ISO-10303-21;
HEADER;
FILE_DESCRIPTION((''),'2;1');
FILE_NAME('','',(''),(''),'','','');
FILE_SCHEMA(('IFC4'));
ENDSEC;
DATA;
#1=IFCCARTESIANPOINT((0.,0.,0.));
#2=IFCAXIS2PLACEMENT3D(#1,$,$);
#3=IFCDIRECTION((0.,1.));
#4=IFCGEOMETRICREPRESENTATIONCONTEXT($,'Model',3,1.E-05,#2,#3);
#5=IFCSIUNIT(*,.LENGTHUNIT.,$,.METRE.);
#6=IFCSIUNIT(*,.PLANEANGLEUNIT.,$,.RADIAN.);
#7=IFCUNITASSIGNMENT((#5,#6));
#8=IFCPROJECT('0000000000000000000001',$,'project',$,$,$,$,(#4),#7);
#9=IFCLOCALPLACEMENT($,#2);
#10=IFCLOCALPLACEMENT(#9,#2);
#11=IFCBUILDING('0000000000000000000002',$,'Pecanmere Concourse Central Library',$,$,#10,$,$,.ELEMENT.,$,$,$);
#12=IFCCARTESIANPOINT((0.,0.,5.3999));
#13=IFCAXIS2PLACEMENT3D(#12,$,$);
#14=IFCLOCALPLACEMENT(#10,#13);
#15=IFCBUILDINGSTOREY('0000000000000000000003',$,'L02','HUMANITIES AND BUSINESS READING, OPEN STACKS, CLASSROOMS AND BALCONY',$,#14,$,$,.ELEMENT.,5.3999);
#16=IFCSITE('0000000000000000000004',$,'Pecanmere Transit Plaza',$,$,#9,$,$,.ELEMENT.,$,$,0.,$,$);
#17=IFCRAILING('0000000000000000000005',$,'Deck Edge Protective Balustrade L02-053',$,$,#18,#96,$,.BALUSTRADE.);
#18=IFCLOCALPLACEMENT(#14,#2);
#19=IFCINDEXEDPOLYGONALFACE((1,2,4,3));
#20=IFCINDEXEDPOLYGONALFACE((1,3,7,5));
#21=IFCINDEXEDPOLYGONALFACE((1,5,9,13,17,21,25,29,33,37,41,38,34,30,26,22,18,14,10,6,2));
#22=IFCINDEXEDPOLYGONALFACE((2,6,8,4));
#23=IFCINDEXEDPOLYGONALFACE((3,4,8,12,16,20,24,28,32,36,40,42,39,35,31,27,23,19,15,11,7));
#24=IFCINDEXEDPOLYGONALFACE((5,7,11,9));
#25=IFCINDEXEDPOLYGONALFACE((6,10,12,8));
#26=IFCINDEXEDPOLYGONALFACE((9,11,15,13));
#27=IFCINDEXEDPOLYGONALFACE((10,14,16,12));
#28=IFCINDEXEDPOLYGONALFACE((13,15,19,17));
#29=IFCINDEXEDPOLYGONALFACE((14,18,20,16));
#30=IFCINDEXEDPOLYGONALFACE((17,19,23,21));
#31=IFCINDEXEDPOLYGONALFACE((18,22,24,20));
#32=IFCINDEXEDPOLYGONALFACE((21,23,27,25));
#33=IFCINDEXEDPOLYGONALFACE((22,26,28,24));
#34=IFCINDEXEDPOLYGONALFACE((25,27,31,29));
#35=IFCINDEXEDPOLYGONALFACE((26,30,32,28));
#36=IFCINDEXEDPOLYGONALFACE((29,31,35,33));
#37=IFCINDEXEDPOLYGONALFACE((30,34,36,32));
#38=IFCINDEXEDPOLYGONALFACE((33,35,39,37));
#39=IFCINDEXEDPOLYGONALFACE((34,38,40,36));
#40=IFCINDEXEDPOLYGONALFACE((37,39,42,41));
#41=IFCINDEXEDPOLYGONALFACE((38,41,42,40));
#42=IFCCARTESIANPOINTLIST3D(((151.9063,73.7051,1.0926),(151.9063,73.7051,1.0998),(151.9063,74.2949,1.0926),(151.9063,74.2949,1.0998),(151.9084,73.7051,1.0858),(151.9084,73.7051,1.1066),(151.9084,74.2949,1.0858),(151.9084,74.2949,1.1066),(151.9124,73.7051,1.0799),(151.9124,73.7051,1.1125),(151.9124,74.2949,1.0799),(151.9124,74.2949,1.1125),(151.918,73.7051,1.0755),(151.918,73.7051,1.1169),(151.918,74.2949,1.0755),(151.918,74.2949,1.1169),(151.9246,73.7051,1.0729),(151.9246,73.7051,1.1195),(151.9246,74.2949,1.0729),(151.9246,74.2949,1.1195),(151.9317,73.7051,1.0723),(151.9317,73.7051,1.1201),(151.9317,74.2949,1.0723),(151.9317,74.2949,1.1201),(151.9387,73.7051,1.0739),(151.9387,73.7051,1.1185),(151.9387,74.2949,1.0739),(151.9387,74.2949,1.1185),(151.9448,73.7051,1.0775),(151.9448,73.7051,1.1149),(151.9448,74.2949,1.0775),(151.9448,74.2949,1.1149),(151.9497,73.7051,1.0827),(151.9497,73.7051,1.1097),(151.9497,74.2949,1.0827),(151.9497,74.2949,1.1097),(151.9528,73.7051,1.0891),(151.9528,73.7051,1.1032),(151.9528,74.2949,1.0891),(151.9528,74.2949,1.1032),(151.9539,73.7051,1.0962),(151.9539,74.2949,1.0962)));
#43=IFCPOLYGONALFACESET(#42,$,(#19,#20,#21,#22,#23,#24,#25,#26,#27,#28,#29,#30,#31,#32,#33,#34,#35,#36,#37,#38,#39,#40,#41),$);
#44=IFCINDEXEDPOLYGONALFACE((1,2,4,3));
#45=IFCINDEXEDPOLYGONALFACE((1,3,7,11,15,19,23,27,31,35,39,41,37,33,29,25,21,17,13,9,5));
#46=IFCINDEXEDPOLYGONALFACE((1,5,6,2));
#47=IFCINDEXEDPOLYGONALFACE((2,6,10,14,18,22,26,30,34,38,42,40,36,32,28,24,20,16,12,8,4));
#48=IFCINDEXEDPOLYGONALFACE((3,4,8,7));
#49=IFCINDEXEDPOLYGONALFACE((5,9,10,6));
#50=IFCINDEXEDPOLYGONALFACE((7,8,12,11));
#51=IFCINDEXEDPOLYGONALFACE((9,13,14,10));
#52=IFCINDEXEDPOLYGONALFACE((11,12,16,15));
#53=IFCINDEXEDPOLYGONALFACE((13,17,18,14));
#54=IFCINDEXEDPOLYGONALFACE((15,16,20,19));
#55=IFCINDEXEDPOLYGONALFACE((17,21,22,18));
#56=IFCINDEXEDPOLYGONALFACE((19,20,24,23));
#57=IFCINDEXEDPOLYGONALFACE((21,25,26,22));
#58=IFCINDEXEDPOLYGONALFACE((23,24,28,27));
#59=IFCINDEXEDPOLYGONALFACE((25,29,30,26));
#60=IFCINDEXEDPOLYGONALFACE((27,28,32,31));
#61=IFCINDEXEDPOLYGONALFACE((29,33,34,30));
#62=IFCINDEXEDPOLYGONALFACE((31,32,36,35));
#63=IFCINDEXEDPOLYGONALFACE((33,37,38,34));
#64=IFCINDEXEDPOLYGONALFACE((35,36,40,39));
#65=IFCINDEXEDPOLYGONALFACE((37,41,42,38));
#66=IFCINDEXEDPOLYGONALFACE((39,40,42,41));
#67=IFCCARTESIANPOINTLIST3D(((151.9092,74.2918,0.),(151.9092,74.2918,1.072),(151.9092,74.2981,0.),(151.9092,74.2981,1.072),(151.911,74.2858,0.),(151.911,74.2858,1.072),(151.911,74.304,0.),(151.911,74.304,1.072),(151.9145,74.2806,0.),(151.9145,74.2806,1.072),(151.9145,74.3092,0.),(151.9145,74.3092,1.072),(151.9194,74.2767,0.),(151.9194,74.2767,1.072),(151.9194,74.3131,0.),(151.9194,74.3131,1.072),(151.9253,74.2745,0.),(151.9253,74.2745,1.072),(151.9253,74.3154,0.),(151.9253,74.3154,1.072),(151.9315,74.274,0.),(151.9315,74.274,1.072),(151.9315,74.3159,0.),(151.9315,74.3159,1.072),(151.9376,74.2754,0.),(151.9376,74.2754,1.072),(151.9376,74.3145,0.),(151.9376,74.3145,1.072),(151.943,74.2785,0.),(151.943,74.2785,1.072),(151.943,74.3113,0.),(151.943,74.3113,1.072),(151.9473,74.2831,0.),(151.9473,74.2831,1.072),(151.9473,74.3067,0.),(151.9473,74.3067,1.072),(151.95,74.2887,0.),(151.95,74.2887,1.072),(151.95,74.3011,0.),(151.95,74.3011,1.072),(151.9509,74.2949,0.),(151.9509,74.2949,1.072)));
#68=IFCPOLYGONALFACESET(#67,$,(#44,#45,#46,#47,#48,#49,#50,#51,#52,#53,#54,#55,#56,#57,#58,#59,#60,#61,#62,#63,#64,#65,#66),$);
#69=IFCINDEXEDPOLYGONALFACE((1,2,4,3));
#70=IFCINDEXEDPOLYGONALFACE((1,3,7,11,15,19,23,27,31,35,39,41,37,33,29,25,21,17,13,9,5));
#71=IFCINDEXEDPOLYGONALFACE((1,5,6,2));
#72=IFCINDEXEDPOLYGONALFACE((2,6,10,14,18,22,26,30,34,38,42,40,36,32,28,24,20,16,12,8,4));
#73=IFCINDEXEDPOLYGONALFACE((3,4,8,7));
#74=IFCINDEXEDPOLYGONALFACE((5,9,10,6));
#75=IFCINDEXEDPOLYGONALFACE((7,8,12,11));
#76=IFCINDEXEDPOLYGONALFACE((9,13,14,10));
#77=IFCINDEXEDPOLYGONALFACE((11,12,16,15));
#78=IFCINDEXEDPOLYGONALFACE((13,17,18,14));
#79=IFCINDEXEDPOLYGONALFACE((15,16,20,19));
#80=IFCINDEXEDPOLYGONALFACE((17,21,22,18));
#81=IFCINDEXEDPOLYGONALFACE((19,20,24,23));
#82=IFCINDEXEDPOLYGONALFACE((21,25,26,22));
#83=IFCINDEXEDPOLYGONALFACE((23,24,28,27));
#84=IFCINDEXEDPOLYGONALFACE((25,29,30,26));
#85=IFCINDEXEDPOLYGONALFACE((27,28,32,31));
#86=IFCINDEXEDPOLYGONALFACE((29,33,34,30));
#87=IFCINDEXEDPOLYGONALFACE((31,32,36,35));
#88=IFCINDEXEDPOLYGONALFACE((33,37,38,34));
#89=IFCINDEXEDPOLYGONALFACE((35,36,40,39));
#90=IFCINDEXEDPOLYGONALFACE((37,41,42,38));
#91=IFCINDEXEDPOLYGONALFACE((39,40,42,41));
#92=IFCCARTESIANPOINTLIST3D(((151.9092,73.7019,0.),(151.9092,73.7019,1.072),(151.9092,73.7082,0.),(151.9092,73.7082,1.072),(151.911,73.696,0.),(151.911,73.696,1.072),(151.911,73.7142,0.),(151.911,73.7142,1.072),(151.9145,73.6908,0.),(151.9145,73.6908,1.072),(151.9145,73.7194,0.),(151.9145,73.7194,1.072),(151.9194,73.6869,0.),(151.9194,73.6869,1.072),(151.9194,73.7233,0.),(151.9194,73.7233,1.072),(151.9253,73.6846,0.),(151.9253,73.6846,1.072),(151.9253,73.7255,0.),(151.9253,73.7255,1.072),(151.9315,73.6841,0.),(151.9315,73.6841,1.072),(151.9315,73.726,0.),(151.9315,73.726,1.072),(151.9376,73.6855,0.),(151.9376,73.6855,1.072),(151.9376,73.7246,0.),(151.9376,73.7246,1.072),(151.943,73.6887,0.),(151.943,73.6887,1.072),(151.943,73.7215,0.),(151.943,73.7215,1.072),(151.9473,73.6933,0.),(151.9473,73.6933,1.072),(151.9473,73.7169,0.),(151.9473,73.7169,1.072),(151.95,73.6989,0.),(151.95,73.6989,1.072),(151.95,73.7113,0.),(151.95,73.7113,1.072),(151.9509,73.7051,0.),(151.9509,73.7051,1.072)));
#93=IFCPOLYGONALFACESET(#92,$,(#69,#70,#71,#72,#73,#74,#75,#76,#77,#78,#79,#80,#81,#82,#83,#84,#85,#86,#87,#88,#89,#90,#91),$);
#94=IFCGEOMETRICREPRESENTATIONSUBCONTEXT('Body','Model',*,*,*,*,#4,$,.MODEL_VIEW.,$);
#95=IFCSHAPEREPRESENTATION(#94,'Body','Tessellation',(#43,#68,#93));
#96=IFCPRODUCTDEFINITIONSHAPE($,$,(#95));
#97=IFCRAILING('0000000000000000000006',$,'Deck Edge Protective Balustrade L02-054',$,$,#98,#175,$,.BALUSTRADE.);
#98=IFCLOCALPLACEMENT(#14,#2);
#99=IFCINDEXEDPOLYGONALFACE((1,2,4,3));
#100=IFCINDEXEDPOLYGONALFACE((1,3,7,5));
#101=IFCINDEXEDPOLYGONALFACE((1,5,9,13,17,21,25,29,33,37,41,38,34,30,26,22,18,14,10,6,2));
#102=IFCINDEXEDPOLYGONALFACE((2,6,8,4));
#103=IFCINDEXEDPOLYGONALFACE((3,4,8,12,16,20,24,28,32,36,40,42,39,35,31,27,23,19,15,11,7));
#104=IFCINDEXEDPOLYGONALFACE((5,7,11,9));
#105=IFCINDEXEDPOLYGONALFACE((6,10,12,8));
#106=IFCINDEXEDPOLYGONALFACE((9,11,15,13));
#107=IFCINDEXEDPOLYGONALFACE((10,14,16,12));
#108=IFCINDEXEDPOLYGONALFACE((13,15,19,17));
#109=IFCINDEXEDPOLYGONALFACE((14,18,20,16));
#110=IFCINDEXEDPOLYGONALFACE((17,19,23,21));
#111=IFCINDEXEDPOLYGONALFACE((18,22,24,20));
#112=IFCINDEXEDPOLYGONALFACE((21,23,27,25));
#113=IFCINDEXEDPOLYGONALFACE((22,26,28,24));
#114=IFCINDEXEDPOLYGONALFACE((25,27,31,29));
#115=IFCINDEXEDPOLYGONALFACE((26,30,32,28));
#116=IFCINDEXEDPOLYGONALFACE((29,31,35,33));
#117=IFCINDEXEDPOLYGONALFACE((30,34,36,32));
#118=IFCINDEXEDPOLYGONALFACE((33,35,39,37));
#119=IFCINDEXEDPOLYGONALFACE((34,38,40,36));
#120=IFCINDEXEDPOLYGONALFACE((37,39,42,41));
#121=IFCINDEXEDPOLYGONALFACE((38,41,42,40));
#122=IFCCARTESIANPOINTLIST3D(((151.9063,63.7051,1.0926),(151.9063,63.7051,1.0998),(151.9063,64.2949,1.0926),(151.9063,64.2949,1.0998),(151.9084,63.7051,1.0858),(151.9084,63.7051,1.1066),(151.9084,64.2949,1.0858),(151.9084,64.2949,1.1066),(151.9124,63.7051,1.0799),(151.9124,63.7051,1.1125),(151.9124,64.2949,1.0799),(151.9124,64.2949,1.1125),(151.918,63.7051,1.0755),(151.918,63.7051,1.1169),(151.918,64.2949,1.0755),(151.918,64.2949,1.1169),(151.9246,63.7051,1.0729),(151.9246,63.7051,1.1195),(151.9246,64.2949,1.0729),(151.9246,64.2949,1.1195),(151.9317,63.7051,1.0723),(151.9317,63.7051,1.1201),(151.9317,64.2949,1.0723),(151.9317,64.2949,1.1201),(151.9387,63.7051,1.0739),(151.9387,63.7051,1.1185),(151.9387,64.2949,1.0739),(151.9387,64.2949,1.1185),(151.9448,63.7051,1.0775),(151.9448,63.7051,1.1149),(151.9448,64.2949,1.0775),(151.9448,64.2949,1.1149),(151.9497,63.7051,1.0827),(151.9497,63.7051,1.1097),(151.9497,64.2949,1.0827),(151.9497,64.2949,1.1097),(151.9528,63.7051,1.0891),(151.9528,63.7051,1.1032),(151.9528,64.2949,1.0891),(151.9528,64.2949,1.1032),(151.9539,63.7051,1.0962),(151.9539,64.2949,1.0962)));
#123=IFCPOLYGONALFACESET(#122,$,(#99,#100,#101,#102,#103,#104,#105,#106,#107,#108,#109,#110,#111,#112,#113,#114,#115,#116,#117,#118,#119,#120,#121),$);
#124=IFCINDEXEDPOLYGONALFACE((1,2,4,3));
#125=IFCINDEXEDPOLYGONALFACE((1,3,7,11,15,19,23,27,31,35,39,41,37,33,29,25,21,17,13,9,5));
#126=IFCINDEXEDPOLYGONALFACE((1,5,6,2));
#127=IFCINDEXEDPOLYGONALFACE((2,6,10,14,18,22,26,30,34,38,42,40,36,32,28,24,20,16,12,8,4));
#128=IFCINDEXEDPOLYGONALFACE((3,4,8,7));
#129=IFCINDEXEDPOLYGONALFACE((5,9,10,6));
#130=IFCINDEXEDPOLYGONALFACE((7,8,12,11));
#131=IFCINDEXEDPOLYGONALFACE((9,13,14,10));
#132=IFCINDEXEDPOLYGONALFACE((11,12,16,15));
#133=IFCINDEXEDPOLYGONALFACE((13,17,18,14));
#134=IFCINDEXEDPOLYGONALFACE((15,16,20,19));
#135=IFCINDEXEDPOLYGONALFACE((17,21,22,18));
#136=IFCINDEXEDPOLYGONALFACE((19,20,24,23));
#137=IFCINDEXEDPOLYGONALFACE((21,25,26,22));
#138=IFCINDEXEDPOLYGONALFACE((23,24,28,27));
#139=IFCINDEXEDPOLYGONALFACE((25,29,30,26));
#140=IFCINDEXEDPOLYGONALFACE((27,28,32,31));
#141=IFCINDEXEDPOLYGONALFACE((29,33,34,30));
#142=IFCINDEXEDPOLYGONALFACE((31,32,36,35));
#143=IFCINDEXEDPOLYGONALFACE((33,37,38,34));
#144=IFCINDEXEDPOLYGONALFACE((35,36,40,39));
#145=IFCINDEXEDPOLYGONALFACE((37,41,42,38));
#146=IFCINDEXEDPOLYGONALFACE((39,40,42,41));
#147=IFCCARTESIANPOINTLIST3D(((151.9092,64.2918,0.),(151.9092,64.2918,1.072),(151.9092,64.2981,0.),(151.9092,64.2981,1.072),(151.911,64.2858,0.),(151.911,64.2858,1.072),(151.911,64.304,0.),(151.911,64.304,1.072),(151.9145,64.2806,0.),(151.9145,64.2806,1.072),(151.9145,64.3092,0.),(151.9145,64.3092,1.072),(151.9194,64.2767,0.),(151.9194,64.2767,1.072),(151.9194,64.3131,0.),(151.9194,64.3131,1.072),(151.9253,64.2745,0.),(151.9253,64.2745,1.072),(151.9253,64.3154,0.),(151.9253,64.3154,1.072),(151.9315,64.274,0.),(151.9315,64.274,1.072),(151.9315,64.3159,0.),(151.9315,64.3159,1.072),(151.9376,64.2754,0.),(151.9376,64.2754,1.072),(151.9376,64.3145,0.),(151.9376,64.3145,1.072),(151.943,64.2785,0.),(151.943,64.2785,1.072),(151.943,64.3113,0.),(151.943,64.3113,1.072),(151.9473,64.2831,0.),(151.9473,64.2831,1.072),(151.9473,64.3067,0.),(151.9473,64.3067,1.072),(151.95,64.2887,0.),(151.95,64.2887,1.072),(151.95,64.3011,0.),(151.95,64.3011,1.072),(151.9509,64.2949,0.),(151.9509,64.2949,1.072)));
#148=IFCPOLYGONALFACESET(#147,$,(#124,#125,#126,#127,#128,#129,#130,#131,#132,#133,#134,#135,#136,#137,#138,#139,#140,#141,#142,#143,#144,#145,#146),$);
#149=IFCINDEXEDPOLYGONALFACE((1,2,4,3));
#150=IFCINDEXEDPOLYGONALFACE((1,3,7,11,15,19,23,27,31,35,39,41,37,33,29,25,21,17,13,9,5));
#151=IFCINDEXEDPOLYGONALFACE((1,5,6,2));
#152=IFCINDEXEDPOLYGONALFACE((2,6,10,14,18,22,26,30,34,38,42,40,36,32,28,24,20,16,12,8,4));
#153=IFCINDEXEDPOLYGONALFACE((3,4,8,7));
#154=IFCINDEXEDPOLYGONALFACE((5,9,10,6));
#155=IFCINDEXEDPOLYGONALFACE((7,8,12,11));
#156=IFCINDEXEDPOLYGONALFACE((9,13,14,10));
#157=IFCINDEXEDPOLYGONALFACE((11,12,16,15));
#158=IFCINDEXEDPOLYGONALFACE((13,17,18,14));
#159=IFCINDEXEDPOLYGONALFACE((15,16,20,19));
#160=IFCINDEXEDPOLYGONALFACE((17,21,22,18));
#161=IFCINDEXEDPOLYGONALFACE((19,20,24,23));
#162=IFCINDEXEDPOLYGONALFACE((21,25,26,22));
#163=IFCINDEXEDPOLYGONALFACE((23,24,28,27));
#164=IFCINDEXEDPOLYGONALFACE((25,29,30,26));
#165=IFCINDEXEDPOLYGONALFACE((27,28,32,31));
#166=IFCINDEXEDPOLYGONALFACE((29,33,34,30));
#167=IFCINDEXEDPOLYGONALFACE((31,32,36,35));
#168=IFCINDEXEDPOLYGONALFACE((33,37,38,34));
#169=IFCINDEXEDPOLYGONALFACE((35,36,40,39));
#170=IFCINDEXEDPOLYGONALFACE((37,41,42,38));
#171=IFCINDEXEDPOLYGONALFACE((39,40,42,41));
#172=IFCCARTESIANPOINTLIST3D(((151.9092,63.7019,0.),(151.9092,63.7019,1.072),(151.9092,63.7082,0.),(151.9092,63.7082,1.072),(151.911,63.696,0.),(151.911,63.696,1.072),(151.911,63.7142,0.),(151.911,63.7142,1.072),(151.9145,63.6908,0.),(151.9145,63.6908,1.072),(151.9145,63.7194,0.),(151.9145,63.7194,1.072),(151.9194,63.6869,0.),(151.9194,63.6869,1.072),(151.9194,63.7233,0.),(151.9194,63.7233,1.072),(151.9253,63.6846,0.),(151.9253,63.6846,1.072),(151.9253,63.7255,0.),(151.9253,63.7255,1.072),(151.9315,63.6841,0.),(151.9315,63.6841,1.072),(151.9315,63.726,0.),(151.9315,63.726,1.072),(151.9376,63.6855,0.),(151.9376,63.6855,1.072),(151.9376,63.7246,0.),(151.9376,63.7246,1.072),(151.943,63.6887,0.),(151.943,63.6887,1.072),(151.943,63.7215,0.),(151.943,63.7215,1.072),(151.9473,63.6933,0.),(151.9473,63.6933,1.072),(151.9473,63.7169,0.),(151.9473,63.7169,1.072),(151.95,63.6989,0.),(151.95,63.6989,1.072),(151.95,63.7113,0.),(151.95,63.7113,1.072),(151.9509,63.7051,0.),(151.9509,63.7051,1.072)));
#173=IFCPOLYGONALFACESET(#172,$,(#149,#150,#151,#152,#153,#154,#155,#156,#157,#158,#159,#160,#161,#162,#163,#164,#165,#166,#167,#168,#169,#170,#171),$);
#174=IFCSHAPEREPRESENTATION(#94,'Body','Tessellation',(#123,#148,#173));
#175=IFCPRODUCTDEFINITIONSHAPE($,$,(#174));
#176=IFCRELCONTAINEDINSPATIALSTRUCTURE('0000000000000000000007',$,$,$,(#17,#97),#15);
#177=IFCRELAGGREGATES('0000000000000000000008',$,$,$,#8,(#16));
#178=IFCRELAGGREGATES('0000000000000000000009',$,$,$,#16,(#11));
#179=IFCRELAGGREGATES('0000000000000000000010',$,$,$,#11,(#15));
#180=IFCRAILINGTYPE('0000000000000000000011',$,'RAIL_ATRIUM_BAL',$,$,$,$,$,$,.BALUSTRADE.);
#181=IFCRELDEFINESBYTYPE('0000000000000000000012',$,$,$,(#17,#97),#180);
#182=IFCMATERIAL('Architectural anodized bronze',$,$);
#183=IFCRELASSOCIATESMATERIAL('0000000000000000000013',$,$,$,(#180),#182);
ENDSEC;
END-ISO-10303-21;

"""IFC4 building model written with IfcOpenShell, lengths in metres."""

from ifc_helpers import new_model, si_unit, direction, frame, origin, origin_2d, place, context, subcontext, project, spatial, circle, extrude, material, type_object, element, save


model = new_model("IFC4")

# Units and contexts
model_context = context("Model", 3, precision=1e-05, world=origin(), true_north=direction((0.0, 1.0)))
body_context = subcontext(model_context, "Body", "Model", "MODEL_VIEW")
ifc_project = project(units=[si_unit("LENGTHUNIT", "METRE"), si_unit("PLANEANGLEUNIT", "RADIAN")], contexts=[model_context])

# Site, building, storey
site_placement = place(None, origin())
site = spatial("IfcSite", under=ifc_project, at=site_placement, Name="Pecanmere Transit Plaza", CompositionType="ELEMENT", RefElevation=0.0)
building_placement = place(site_placement, origin())
building = spatial("IfcBuilding", under=site, at=building_placement, Name="Pecanmere Concourse Central Library", CompositionType="ELEMENT")
storey_placement = place(building_placement, frame((0.0, 0.0, 5.3999)))
storey = spatial("IfcBuildingStorey", under=building, at=storey_placement, Name="L02", Description="HUMANITIES AND BUSINESS READING, OPEN STACKS, CLASSROOMS AND BALCONY", CompositionType="ELEMENT", Elevation=5.3999)

# Railings
ifc_material_1 = material(Name="Architectural anodized bronze")
railing_type = type_object("IfcRailingType", Name="RAIL_ATRIUM_BAL", PredefinedType="BALUSTRADE", material=ifc_material_1)
for number, where, name in (
    (1, (151.9299, 74.2949, 0.0), "Deck Edge Protective Balustrade L02-053"),
    (2, (151.9299, 64.2949, 0.0), "Deck Edge Protective Balustrade L02-054"),
):
    element("IfcRailing", number, at=place(storey_placement, frame(where)), inside=storey, type_object=railing_type, Name=name, PredefinedType="BALUSTRADE", context=body_context, shape_type="SweptSolid", body=[
        extrude(circle(Radius=0.0239, at=origin_2d()), frame((0.0, 0.0, 1.0962), z_axis=(0.0, -1.0, 0.0), x_axis=(1.0, 0.0, 0.0)), (0.0, 0.0, 1.0), 0.5898),
        extrude(circle(Radius=0.021, at=origin_2d()), origin(), (0.0, 0.0, 1.0), 1.072),
        extrude(circle(Radius=0.021, at=origin_2d()), frame((0.0, -0.5898, 0.0)), (0.0, 0.0, 1.0), 1.072),
    ])

save(model, "model.ifc")
